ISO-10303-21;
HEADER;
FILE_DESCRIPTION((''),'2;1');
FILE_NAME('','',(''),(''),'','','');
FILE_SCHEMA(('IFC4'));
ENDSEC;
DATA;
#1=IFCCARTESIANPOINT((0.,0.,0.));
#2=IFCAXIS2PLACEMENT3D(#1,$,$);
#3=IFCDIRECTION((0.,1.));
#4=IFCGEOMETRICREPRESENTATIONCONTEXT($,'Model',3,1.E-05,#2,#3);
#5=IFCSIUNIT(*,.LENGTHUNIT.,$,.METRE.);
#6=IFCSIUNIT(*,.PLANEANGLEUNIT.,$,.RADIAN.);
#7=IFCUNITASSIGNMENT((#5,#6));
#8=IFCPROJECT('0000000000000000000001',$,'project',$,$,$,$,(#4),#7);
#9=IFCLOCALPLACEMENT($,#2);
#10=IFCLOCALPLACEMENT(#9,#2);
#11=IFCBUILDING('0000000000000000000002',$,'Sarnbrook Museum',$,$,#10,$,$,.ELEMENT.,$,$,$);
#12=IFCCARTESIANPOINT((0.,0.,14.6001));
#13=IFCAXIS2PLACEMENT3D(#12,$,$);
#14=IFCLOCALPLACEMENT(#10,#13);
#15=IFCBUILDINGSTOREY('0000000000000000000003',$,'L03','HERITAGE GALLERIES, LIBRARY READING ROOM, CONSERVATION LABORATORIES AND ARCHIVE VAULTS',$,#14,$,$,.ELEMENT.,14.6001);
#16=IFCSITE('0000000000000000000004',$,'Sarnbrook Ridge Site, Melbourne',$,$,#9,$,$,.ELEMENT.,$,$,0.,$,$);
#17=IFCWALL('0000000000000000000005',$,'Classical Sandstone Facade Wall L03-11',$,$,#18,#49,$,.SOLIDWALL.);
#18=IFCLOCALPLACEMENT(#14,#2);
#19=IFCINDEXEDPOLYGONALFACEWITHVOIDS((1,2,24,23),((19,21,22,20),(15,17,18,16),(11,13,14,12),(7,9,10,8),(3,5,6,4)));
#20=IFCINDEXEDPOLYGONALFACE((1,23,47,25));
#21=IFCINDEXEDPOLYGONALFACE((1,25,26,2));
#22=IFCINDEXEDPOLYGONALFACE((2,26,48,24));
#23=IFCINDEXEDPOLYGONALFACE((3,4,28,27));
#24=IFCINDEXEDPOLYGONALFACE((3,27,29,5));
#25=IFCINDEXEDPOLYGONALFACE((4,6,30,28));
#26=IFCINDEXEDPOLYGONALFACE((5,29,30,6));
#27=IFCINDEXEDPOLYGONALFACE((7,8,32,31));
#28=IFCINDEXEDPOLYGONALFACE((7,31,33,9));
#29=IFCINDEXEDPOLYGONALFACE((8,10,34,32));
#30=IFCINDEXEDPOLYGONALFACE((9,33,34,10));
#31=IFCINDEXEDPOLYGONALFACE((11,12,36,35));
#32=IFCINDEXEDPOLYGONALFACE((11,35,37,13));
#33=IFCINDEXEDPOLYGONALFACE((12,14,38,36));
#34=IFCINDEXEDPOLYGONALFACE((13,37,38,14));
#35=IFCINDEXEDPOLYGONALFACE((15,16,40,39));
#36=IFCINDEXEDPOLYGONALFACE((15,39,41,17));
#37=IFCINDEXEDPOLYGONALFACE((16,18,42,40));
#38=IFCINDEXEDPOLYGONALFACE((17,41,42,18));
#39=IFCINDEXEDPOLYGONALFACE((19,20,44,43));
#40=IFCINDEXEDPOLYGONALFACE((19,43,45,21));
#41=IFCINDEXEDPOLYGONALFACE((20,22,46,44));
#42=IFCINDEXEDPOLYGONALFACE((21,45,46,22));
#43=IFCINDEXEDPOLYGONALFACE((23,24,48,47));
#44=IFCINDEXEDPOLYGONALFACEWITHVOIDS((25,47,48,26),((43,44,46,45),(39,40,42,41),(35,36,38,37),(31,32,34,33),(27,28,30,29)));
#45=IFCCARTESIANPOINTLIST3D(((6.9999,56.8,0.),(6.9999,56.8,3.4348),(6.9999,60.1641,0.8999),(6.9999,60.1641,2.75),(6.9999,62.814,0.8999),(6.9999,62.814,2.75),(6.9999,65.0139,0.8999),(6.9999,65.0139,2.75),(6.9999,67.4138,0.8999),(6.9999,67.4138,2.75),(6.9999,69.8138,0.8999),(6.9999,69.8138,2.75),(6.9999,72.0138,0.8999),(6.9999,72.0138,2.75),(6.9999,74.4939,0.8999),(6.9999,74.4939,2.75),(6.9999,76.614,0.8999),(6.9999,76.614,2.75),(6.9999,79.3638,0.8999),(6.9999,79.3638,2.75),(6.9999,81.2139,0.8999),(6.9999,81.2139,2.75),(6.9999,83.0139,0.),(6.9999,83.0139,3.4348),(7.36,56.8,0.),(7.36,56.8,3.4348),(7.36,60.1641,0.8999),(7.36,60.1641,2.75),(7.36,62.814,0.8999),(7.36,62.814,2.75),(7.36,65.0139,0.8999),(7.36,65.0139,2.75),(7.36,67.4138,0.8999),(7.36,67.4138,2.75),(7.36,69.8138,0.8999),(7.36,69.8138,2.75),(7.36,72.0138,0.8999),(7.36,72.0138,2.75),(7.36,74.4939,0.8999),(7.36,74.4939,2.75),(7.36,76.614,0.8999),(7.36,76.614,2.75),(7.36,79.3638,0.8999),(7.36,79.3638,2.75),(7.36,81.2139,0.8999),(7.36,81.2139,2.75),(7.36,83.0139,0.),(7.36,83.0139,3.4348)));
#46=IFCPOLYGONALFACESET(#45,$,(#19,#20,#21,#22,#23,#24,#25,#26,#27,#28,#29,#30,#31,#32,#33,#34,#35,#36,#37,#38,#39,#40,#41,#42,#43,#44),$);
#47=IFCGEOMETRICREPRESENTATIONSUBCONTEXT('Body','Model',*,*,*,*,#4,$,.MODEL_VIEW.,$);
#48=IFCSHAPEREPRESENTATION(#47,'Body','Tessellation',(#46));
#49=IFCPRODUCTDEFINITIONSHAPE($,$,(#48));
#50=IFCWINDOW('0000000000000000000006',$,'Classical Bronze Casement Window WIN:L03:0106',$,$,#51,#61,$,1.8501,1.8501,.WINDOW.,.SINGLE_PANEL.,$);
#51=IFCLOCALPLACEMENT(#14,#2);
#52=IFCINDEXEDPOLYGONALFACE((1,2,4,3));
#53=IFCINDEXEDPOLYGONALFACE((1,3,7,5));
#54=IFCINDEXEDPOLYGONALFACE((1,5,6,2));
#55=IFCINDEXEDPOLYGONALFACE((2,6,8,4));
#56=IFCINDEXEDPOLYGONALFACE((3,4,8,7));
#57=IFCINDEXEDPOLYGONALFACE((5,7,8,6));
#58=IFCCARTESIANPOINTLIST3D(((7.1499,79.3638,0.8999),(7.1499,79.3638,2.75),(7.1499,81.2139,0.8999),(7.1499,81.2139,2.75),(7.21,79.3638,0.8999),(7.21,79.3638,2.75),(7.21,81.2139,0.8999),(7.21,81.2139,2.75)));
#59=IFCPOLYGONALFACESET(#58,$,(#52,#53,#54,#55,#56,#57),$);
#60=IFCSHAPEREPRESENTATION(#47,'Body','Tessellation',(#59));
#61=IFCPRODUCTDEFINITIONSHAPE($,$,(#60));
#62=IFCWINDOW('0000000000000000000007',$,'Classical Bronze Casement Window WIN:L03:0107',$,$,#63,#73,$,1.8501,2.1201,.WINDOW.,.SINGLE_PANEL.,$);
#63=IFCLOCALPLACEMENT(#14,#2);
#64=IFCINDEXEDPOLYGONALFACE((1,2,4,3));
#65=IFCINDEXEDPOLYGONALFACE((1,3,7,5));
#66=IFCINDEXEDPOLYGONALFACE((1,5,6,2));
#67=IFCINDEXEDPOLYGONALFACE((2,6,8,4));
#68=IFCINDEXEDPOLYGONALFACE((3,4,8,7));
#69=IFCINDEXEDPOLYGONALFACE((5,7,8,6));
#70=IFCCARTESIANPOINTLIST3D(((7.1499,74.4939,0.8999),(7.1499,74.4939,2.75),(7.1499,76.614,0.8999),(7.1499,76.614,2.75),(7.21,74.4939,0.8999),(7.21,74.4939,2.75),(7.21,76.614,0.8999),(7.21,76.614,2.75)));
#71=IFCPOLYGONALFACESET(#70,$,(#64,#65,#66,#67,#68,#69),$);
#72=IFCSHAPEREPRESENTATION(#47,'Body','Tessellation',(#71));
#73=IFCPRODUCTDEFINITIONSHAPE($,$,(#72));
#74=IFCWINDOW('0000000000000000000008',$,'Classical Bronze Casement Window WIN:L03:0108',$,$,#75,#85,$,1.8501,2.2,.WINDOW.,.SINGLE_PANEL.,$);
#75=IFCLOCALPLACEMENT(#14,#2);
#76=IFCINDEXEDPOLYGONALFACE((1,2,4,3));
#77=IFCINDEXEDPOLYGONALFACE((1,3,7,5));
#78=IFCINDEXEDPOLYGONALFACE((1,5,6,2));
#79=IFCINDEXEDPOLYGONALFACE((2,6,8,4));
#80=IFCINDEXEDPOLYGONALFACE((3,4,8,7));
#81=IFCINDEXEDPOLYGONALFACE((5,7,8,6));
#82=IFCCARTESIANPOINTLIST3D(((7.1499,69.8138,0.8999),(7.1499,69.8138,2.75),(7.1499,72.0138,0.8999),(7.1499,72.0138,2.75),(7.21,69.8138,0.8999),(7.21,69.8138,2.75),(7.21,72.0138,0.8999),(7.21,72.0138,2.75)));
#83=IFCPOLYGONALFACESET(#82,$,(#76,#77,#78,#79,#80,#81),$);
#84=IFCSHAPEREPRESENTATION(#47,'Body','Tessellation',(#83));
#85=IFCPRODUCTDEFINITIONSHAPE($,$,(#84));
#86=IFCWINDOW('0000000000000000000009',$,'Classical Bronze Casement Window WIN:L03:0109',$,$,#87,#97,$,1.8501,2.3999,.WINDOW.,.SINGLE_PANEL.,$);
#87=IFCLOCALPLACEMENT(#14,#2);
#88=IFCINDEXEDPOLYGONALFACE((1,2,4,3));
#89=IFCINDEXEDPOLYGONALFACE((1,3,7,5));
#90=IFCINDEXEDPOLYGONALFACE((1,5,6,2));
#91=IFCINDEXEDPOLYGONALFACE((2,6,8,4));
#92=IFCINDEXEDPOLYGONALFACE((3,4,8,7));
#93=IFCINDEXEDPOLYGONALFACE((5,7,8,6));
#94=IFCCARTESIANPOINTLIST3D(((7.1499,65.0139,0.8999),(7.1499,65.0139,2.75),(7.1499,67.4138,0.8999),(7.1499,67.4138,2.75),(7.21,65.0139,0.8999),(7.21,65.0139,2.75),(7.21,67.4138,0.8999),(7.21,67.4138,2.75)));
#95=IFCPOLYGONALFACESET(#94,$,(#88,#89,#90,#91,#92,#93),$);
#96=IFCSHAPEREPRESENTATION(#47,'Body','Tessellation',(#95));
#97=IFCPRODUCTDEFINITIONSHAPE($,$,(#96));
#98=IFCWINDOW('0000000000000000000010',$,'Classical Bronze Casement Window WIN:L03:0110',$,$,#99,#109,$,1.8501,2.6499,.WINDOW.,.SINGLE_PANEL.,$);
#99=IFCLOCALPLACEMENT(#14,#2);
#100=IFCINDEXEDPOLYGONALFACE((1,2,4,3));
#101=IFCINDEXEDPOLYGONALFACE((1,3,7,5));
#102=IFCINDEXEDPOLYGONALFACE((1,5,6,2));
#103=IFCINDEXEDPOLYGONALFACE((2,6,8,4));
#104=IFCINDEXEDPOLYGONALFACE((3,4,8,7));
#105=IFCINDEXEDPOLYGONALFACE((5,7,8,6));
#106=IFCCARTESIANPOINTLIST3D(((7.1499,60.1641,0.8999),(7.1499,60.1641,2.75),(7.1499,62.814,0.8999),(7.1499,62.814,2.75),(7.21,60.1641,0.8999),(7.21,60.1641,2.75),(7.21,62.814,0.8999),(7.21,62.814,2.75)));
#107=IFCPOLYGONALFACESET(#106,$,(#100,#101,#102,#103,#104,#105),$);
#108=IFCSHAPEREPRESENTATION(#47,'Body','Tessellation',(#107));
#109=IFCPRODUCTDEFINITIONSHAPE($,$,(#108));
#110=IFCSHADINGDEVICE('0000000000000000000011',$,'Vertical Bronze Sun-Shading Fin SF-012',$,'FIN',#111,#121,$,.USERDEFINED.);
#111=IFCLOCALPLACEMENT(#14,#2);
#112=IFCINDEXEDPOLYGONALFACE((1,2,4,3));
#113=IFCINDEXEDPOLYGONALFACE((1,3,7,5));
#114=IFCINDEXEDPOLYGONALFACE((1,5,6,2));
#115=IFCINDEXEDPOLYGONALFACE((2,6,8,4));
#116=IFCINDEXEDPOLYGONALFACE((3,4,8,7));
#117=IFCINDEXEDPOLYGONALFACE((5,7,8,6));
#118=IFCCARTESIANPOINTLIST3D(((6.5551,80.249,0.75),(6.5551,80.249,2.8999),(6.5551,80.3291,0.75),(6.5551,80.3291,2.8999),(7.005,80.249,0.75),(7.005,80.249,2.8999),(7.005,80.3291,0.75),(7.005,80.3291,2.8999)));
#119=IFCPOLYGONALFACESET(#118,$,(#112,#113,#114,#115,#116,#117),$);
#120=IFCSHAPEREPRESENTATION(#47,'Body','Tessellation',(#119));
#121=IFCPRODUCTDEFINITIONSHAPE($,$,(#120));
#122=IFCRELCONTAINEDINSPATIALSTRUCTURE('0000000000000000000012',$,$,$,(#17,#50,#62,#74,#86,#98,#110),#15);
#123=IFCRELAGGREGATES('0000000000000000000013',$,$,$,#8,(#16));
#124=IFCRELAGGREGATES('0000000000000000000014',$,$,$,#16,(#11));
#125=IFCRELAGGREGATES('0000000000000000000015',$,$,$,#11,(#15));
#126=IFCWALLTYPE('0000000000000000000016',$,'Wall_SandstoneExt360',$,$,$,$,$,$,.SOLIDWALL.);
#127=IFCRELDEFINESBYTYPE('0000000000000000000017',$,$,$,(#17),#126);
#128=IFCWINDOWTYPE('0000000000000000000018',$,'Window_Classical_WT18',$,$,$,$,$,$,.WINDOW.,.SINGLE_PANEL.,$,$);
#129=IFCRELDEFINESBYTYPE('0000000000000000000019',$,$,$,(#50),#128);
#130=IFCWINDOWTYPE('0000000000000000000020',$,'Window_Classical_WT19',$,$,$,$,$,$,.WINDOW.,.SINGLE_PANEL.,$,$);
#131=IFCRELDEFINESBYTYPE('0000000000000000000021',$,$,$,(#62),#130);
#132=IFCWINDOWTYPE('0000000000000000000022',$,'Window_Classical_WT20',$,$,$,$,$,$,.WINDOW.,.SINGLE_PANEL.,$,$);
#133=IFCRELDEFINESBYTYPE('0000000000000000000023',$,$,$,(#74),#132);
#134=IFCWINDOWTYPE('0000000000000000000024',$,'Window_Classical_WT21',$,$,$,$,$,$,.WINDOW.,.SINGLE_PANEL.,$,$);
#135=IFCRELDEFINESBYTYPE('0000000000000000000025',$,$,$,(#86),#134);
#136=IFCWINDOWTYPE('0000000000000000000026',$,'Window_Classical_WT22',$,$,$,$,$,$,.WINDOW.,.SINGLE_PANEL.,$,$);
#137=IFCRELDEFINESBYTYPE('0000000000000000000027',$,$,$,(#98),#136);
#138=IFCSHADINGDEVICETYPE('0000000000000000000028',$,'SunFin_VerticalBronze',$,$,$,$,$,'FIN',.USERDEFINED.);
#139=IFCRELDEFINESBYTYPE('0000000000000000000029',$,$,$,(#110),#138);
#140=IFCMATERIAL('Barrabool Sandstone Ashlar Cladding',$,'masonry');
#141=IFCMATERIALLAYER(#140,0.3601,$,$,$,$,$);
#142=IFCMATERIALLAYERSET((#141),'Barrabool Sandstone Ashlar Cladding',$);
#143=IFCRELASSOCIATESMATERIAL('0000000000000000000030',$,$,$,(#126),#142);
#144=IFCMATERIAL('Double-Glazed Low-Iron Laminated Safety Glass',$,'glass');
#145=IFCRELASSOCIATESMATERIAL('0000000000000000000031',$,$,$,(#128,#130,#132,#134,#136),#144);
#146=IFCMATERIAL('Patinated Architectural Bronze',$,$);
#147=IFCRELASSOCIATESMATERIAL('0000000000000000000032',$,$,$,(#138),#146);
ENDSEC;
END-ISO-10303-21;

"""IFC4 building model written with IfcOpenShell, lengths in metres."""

from ifc_helpers import new_model, si_unit, direction, frame, frame_2d, origin, origin_2d, place, context, subcontext, project, spatial, rectangle, extrude, material, layer, layer_set, type_object, element, fill, save


model = new_model("IFC4")

# Units and contexts
model_context = context("Model", 3, precision=1e-05, world=origin(), true_north=direction((0.0, 1.0)))
body_context = subcontext(model_context, "Body", "Model", "MODEL_VIEW")
ifc_project = project(units=[si_unit("LENGTHUNIT", "METRE"), si_unit("PLANEANGLEUNIT", "RADIAN")], contexts=[model_context])

# Site, building, storey
site_placement = place(None, origin())
site = spatial("IfcSite", under=ifc_project, at=site_placement, Name="Sarnbrook Ridge Site, Melbourne", CompositionType="ELEMENT", RefElevation=0.0)
building_placement = place(site_placement, origin())
building = spatial("IfcBuilding", under=site, at=building_placement, Name="Sarnbrook Museum", CompositionType="ELEMENT")
storey_placement = place(building_placement, frame((0.0, 0.0, 14.6001)))
storey = spatial("IfcBuildingStorey", under=building, at=storey_placement, Name="L03", Description="HERITAGE GALLERIES, LIBRARY READING ROOM, CONSERVATION LABORATORIES AND ARCHIVE VAULTS", CompositionType="ELEMENT", Elevation=14.6001)

# Shared definitions
ifc_material_1 = material(Name="Double-Glazed Low-Iron Laminated Safety Glass", Category="glass")
ifc_material_2 = material(Name="Patinated Architectural Bronze")

# Shared definitions
ifc_material_3 = material(Name="Barrabool Sandstone Ashlar Cladding", Category="masonry")
ifc_layer_1 = layer(ifc_material_3, 0.3601)
ifc_layer_set_1 = layer_set([ifc_layer_1], Name="Barrabool Sandstone Ashlar Cladding")
wall_type = type_object("IfcWallType", Name="Wall_SandstoneExt360", PredefinedType="SOLIDWALL", material=ifc_layer_set_1)

# Wall, openings, windows
wall_1_placement = place(storey_placement, frame((7.1799, 83.0139, 0.0), z_axis=(0.0, 0.0, 1.0), x_axis=(0.0, -1.0, 0.0)))
wall_1 = element("IfcWall", 1, at=wall_1_placement, inside=storey, type_object=wall_type, Name="Classical Sandstone Facade Wall L03-11", PredefinedType="SOLIDWALL", context=body_context, shape_type="SweptSolid", body=[
    extrude(rectangle(XDim=26.2139, YDim=0.3601, at=frame_2d((13.1069, 0.0))), origin(), (0.0, 0.0, 1.0), 3.4348),
])
opening_1_placement = place(wall_1_placement, frame((1.8, 0.0, 0.8999)))
opening_1 = element("IfcOpeningElement", 2, at=opening_1_placement, cuts=wall_1, PredefinedType="OPENING", context=body_context, shape_type="SweptSolid", body=[
    extrude(rectangle(XDim=1.8501, YDim=1.8501, at=frame_2d((0.925, 0.925))), frame((0.0, 0.1899, 0.0), z_axis=(0.0, -1.0, 0.0), x_axis=(1.0, 0.0, 0.0)), (0.0, 0.0, 1.0), 0.3801),
])
opening_2_placement = place(wall_1_placement, frame((6.3999, 0.0, 0.8999)))
opening_2 = element("IfcOpeningElement", 3, at=opening_2_placement, cuts=wall_1, PredefinedType="OPENING", context=body_context, shape_type="SweptSolid", body=[
    extrude(rectangle(XDim=2.1201, YDim=1.8501, at=frame_2d((1.0601, 0.925))), frame((0.0, 0.1899, 0.0), z_axis=(0.0, -1.0, 0.0), x_axis=(1.0, 0.0, 0.0)), (0.0, 0.0, 1.0), 0.3801),
])
opening_3_placement = place(wall_1_placement, frame((11.0, 0.0, 0.8999)))
opening_3 = element("IfcOpeningElement", 4, at=opening_3_placement, cuts=wall_1, PredefinedType="OPENING", context=body_context, shape_type="SweptSolid", body=[
    extrude(rectangle(XDim=2.2, YDim=1.8501, at=frame_2d((1.1001, 0.925))), frame((0.0, 0.1899, 0.0), z_axis=(0.0, -1.0, 0.0), x_axis=(1.0, 0.0, 0.0)), (0.0, 0.0, 1.0), 0.3801),
])
opening_4_placement = place(wall_1_placement, frame((15.6001, 0.0, 0.8999)))
opening_4 = element("IfcOpeningElement", 5, at=opening_4_placement, cuts=wall_1, PredefinedType="OPENING", context=body_context, shape_type="SweptSolid", body=[
    extrude(rectangle(XDim=2.3999, YDim=1.8501, at=frame_2d((1.2, 0.925))), frame((0.0, 0.1899, 0.0), z_axis=(0.0, -1.0, 0.0), x_axis=(1.0, 0.0, 0.0)), (0.0, 0.0, 1.0), 0.3801),
])
opening_5_placement = place(wall_1_placement, frame((20.2, 0.0, 0.8999)))
opening_5 = element("IfcOpeningElement", 6, at=opening_5_placement, cuts=wall_1, PredefinedType="OPENING", context=body_context, shape_type="SweptSolid", body=[
    extrude(rectangle(XDim=2.6499, YDim=1.8501, at=frame_2d((1.325, 0.925))), frame((0.0, 0.1899, 0.0), z_axis=(0.0, -1.0, 0.0), x_axis=(1.0, 0.0, 0.0)), (0.0, 0.0, 1.0), 0.3801),
])
window_type_1 = type_object("IfcWindowType", Name="Window_Classical_WT18", PartitioningType="SINGLE_PANEL", PredefinedType="WINDOW", material=ifc_material_1)
window_1_placement = place(opening_1_placement, origin())
window_1 = element("IfcWindow", 7, at=window_1_placement, inside=storey, type_object=window_type_1, Name="Classical Bronze Casement Window WIN:L03:0106", OverallHeight=1.8501, OverallWidth=1.8501, PartitioningType="SINGLE_PANEL", PredefinedType="WINDOW", context=body_context, shape_type="SweptSolid", body=[
    extrude(rectangle(XDim=1.8501, YDim=1.8501, at=frame_2d((0.925, 0.925))), frame((0.0, 0.03, 0.0), z_axis=(0.0, -1.0, 0.0), x_axis=(1.0, 0.0, 0.0)), (0.0, 0.0, 1.0), 0.0601),
])
fill(opening_1, window_1)
window_type_2 = type_object("IfcWindowType", Name="Window_Classical_WT19", PartitioningType="SINGLE_PANEL", PredefinedType="WINDOW", material=ifc_material_1)
window_2_placement = place(opening_2_placement, origin())
window_2 = element("IfcWindow", 8, at=window_2_placement, inside=storey, type_object=window_type_2, Name="Classical Bronze Casement Window WIN:L03:0107", OverallHeight=1.8501, OverallWidth=2.1201, PartitioningType="SINGLE_PANEL", PredefinedType="WINDOW", context=body_context, shape_type="SweptSolid", body=[
    extrude(rectangle(XDim=2.1201, YDim=1.8501, at=frame_2d((1.0601, 0.925))), frame((0.0, 0.03, 0.0), z_axis=(0.0, -1.0, 0.0), x_axis=(1.0, 0.0, 0.0)), (0.0, 0.0, 1.0), 0.0601),
])
fill(opening_2, window_2)
window_type_3 = type_object("IfcWindowType", Name="Window_Classical_WT20", PartitioningType="SINGLE_PANEL", PredefinedType="WINDOW", material=ifc_material_1)
window_3_placement = place(opening_3_placement, origin())
window_3 = element("IfcWindow", 9, at=window_3_placement, inside=storey, type_object=window_type_3, Name="Classical Bronze Casement Window WIN:L03:0108", OverallHeight=1.8501, OverallWidth=2.2, PartitioningType="SINGLE_PANEL", PredefinedType="WINDOW", context=body_context, shape_type="SweptSolid", body=[
    extrude(rectangle(XDim=2.2, YDim=1.8501, at=frame_2d((1.1001, 0.925))), frame((0.0, 0.03, 0.0), z_axis=(0.0, -1.0, 0.0), x_axis=(1.0, 0.0, 0.0)), (0.0, 0.0, 1.0), 0.0601),
])
fill(opening_3, window_3)
window_type_4 = type_object("IfcWindowType", Name="Window_Classical_WT21", PartitioningType="SINGLE_PANEL", PredefinedType="WINDOW", material=ifc_material_1)
window_4_placement = place(opening_4_placement, origin())
window_4 = element("IfcWindow", 10, at=window_4_placement, inside=storey, type_object=window_type_4, Name="Classical Bronze Casement Window WIN:L03:0109", OverallHeight=1.8501, OverallWidth=2.3999, PartitioningType="SINGLE_PANEL", PredefinedType="WINDOW", context=body_context, shape_type="SweptSolid", body=[
    extrude(rectangle(XDim=2.3999, YDim=1.8501, at=frame_2d((1.2, 0.925))), frame((0.0, 0.03, 0.0), z_axis=(0.0, -1.0, 0.0), x_axis=(1.0, 0.0, 0.0)), (0.0, 0.0, 1.0), 0.0601),
])
fill(opening_4, window_4)
window_type_5 = type_object("IfcWindowType", Name="Window_Classical_WT22", PartitioningType="SINGLE_PANEL", PredefinedType="WINDOW", material=ifc_material_1)
window_5_placement = place(opening_5_placement, origin())
window_5 = element("IfcWindow", 11, at=window_5_placement, inside=storey, type_object=window_type_5, Name="Classical Bronze Casement Window WIN:L03:0110", OverallHeight=1.8501, OverallWidth=2.6499, PartitioningType="SINGLE_PANEL", PredefinedType="WINDOW", context=body_context, shape_type="SweptSolid", body=[
    extrude(rectangle(XDim=2.6499, YDim=1.8501, at=frame_2d((1.325, 0.925))), frame((0.0, 0.03, 0.0), z_axis=(0.0, -1.0, 0.0), x_axis=(1.0, 0.0, 0.0)), (0.0, 0.0, 1.0), 0.0601),
])
fill(opening_5, window_5)

# Shading device
shading_device_type = type_object("IfcShadingDeviceType", Name="SunFin_VerticalBronze", ElementType="FIN", PredefinedType="USERDEFINED", material=ifc_material_2)
shading_device_placement = place(storey_placement, frame((6.78, 80.2891, 0.75), z_axis=(0.0, 0.0, 1.0), x_axis=(1.0, 0.0, 0.0)))
element("IfcShadingDevice", 12, at=shading_device_placement, inside=storey, type_object=shading_device_type, Name="Vertical Bronze Sun-Shading Fin SF-012", ObjectType="FIN", PredefinedType="USERDEFINED", context=body_context, shape_type="SweptSolid", body=[
    extrude(rectangle(XDim=0.45, YDim=0.0801, at=origin_2d()), origin(), (0.0, 0.0, 1.0), 2.1499),
])

save(model, "model.ifc")
